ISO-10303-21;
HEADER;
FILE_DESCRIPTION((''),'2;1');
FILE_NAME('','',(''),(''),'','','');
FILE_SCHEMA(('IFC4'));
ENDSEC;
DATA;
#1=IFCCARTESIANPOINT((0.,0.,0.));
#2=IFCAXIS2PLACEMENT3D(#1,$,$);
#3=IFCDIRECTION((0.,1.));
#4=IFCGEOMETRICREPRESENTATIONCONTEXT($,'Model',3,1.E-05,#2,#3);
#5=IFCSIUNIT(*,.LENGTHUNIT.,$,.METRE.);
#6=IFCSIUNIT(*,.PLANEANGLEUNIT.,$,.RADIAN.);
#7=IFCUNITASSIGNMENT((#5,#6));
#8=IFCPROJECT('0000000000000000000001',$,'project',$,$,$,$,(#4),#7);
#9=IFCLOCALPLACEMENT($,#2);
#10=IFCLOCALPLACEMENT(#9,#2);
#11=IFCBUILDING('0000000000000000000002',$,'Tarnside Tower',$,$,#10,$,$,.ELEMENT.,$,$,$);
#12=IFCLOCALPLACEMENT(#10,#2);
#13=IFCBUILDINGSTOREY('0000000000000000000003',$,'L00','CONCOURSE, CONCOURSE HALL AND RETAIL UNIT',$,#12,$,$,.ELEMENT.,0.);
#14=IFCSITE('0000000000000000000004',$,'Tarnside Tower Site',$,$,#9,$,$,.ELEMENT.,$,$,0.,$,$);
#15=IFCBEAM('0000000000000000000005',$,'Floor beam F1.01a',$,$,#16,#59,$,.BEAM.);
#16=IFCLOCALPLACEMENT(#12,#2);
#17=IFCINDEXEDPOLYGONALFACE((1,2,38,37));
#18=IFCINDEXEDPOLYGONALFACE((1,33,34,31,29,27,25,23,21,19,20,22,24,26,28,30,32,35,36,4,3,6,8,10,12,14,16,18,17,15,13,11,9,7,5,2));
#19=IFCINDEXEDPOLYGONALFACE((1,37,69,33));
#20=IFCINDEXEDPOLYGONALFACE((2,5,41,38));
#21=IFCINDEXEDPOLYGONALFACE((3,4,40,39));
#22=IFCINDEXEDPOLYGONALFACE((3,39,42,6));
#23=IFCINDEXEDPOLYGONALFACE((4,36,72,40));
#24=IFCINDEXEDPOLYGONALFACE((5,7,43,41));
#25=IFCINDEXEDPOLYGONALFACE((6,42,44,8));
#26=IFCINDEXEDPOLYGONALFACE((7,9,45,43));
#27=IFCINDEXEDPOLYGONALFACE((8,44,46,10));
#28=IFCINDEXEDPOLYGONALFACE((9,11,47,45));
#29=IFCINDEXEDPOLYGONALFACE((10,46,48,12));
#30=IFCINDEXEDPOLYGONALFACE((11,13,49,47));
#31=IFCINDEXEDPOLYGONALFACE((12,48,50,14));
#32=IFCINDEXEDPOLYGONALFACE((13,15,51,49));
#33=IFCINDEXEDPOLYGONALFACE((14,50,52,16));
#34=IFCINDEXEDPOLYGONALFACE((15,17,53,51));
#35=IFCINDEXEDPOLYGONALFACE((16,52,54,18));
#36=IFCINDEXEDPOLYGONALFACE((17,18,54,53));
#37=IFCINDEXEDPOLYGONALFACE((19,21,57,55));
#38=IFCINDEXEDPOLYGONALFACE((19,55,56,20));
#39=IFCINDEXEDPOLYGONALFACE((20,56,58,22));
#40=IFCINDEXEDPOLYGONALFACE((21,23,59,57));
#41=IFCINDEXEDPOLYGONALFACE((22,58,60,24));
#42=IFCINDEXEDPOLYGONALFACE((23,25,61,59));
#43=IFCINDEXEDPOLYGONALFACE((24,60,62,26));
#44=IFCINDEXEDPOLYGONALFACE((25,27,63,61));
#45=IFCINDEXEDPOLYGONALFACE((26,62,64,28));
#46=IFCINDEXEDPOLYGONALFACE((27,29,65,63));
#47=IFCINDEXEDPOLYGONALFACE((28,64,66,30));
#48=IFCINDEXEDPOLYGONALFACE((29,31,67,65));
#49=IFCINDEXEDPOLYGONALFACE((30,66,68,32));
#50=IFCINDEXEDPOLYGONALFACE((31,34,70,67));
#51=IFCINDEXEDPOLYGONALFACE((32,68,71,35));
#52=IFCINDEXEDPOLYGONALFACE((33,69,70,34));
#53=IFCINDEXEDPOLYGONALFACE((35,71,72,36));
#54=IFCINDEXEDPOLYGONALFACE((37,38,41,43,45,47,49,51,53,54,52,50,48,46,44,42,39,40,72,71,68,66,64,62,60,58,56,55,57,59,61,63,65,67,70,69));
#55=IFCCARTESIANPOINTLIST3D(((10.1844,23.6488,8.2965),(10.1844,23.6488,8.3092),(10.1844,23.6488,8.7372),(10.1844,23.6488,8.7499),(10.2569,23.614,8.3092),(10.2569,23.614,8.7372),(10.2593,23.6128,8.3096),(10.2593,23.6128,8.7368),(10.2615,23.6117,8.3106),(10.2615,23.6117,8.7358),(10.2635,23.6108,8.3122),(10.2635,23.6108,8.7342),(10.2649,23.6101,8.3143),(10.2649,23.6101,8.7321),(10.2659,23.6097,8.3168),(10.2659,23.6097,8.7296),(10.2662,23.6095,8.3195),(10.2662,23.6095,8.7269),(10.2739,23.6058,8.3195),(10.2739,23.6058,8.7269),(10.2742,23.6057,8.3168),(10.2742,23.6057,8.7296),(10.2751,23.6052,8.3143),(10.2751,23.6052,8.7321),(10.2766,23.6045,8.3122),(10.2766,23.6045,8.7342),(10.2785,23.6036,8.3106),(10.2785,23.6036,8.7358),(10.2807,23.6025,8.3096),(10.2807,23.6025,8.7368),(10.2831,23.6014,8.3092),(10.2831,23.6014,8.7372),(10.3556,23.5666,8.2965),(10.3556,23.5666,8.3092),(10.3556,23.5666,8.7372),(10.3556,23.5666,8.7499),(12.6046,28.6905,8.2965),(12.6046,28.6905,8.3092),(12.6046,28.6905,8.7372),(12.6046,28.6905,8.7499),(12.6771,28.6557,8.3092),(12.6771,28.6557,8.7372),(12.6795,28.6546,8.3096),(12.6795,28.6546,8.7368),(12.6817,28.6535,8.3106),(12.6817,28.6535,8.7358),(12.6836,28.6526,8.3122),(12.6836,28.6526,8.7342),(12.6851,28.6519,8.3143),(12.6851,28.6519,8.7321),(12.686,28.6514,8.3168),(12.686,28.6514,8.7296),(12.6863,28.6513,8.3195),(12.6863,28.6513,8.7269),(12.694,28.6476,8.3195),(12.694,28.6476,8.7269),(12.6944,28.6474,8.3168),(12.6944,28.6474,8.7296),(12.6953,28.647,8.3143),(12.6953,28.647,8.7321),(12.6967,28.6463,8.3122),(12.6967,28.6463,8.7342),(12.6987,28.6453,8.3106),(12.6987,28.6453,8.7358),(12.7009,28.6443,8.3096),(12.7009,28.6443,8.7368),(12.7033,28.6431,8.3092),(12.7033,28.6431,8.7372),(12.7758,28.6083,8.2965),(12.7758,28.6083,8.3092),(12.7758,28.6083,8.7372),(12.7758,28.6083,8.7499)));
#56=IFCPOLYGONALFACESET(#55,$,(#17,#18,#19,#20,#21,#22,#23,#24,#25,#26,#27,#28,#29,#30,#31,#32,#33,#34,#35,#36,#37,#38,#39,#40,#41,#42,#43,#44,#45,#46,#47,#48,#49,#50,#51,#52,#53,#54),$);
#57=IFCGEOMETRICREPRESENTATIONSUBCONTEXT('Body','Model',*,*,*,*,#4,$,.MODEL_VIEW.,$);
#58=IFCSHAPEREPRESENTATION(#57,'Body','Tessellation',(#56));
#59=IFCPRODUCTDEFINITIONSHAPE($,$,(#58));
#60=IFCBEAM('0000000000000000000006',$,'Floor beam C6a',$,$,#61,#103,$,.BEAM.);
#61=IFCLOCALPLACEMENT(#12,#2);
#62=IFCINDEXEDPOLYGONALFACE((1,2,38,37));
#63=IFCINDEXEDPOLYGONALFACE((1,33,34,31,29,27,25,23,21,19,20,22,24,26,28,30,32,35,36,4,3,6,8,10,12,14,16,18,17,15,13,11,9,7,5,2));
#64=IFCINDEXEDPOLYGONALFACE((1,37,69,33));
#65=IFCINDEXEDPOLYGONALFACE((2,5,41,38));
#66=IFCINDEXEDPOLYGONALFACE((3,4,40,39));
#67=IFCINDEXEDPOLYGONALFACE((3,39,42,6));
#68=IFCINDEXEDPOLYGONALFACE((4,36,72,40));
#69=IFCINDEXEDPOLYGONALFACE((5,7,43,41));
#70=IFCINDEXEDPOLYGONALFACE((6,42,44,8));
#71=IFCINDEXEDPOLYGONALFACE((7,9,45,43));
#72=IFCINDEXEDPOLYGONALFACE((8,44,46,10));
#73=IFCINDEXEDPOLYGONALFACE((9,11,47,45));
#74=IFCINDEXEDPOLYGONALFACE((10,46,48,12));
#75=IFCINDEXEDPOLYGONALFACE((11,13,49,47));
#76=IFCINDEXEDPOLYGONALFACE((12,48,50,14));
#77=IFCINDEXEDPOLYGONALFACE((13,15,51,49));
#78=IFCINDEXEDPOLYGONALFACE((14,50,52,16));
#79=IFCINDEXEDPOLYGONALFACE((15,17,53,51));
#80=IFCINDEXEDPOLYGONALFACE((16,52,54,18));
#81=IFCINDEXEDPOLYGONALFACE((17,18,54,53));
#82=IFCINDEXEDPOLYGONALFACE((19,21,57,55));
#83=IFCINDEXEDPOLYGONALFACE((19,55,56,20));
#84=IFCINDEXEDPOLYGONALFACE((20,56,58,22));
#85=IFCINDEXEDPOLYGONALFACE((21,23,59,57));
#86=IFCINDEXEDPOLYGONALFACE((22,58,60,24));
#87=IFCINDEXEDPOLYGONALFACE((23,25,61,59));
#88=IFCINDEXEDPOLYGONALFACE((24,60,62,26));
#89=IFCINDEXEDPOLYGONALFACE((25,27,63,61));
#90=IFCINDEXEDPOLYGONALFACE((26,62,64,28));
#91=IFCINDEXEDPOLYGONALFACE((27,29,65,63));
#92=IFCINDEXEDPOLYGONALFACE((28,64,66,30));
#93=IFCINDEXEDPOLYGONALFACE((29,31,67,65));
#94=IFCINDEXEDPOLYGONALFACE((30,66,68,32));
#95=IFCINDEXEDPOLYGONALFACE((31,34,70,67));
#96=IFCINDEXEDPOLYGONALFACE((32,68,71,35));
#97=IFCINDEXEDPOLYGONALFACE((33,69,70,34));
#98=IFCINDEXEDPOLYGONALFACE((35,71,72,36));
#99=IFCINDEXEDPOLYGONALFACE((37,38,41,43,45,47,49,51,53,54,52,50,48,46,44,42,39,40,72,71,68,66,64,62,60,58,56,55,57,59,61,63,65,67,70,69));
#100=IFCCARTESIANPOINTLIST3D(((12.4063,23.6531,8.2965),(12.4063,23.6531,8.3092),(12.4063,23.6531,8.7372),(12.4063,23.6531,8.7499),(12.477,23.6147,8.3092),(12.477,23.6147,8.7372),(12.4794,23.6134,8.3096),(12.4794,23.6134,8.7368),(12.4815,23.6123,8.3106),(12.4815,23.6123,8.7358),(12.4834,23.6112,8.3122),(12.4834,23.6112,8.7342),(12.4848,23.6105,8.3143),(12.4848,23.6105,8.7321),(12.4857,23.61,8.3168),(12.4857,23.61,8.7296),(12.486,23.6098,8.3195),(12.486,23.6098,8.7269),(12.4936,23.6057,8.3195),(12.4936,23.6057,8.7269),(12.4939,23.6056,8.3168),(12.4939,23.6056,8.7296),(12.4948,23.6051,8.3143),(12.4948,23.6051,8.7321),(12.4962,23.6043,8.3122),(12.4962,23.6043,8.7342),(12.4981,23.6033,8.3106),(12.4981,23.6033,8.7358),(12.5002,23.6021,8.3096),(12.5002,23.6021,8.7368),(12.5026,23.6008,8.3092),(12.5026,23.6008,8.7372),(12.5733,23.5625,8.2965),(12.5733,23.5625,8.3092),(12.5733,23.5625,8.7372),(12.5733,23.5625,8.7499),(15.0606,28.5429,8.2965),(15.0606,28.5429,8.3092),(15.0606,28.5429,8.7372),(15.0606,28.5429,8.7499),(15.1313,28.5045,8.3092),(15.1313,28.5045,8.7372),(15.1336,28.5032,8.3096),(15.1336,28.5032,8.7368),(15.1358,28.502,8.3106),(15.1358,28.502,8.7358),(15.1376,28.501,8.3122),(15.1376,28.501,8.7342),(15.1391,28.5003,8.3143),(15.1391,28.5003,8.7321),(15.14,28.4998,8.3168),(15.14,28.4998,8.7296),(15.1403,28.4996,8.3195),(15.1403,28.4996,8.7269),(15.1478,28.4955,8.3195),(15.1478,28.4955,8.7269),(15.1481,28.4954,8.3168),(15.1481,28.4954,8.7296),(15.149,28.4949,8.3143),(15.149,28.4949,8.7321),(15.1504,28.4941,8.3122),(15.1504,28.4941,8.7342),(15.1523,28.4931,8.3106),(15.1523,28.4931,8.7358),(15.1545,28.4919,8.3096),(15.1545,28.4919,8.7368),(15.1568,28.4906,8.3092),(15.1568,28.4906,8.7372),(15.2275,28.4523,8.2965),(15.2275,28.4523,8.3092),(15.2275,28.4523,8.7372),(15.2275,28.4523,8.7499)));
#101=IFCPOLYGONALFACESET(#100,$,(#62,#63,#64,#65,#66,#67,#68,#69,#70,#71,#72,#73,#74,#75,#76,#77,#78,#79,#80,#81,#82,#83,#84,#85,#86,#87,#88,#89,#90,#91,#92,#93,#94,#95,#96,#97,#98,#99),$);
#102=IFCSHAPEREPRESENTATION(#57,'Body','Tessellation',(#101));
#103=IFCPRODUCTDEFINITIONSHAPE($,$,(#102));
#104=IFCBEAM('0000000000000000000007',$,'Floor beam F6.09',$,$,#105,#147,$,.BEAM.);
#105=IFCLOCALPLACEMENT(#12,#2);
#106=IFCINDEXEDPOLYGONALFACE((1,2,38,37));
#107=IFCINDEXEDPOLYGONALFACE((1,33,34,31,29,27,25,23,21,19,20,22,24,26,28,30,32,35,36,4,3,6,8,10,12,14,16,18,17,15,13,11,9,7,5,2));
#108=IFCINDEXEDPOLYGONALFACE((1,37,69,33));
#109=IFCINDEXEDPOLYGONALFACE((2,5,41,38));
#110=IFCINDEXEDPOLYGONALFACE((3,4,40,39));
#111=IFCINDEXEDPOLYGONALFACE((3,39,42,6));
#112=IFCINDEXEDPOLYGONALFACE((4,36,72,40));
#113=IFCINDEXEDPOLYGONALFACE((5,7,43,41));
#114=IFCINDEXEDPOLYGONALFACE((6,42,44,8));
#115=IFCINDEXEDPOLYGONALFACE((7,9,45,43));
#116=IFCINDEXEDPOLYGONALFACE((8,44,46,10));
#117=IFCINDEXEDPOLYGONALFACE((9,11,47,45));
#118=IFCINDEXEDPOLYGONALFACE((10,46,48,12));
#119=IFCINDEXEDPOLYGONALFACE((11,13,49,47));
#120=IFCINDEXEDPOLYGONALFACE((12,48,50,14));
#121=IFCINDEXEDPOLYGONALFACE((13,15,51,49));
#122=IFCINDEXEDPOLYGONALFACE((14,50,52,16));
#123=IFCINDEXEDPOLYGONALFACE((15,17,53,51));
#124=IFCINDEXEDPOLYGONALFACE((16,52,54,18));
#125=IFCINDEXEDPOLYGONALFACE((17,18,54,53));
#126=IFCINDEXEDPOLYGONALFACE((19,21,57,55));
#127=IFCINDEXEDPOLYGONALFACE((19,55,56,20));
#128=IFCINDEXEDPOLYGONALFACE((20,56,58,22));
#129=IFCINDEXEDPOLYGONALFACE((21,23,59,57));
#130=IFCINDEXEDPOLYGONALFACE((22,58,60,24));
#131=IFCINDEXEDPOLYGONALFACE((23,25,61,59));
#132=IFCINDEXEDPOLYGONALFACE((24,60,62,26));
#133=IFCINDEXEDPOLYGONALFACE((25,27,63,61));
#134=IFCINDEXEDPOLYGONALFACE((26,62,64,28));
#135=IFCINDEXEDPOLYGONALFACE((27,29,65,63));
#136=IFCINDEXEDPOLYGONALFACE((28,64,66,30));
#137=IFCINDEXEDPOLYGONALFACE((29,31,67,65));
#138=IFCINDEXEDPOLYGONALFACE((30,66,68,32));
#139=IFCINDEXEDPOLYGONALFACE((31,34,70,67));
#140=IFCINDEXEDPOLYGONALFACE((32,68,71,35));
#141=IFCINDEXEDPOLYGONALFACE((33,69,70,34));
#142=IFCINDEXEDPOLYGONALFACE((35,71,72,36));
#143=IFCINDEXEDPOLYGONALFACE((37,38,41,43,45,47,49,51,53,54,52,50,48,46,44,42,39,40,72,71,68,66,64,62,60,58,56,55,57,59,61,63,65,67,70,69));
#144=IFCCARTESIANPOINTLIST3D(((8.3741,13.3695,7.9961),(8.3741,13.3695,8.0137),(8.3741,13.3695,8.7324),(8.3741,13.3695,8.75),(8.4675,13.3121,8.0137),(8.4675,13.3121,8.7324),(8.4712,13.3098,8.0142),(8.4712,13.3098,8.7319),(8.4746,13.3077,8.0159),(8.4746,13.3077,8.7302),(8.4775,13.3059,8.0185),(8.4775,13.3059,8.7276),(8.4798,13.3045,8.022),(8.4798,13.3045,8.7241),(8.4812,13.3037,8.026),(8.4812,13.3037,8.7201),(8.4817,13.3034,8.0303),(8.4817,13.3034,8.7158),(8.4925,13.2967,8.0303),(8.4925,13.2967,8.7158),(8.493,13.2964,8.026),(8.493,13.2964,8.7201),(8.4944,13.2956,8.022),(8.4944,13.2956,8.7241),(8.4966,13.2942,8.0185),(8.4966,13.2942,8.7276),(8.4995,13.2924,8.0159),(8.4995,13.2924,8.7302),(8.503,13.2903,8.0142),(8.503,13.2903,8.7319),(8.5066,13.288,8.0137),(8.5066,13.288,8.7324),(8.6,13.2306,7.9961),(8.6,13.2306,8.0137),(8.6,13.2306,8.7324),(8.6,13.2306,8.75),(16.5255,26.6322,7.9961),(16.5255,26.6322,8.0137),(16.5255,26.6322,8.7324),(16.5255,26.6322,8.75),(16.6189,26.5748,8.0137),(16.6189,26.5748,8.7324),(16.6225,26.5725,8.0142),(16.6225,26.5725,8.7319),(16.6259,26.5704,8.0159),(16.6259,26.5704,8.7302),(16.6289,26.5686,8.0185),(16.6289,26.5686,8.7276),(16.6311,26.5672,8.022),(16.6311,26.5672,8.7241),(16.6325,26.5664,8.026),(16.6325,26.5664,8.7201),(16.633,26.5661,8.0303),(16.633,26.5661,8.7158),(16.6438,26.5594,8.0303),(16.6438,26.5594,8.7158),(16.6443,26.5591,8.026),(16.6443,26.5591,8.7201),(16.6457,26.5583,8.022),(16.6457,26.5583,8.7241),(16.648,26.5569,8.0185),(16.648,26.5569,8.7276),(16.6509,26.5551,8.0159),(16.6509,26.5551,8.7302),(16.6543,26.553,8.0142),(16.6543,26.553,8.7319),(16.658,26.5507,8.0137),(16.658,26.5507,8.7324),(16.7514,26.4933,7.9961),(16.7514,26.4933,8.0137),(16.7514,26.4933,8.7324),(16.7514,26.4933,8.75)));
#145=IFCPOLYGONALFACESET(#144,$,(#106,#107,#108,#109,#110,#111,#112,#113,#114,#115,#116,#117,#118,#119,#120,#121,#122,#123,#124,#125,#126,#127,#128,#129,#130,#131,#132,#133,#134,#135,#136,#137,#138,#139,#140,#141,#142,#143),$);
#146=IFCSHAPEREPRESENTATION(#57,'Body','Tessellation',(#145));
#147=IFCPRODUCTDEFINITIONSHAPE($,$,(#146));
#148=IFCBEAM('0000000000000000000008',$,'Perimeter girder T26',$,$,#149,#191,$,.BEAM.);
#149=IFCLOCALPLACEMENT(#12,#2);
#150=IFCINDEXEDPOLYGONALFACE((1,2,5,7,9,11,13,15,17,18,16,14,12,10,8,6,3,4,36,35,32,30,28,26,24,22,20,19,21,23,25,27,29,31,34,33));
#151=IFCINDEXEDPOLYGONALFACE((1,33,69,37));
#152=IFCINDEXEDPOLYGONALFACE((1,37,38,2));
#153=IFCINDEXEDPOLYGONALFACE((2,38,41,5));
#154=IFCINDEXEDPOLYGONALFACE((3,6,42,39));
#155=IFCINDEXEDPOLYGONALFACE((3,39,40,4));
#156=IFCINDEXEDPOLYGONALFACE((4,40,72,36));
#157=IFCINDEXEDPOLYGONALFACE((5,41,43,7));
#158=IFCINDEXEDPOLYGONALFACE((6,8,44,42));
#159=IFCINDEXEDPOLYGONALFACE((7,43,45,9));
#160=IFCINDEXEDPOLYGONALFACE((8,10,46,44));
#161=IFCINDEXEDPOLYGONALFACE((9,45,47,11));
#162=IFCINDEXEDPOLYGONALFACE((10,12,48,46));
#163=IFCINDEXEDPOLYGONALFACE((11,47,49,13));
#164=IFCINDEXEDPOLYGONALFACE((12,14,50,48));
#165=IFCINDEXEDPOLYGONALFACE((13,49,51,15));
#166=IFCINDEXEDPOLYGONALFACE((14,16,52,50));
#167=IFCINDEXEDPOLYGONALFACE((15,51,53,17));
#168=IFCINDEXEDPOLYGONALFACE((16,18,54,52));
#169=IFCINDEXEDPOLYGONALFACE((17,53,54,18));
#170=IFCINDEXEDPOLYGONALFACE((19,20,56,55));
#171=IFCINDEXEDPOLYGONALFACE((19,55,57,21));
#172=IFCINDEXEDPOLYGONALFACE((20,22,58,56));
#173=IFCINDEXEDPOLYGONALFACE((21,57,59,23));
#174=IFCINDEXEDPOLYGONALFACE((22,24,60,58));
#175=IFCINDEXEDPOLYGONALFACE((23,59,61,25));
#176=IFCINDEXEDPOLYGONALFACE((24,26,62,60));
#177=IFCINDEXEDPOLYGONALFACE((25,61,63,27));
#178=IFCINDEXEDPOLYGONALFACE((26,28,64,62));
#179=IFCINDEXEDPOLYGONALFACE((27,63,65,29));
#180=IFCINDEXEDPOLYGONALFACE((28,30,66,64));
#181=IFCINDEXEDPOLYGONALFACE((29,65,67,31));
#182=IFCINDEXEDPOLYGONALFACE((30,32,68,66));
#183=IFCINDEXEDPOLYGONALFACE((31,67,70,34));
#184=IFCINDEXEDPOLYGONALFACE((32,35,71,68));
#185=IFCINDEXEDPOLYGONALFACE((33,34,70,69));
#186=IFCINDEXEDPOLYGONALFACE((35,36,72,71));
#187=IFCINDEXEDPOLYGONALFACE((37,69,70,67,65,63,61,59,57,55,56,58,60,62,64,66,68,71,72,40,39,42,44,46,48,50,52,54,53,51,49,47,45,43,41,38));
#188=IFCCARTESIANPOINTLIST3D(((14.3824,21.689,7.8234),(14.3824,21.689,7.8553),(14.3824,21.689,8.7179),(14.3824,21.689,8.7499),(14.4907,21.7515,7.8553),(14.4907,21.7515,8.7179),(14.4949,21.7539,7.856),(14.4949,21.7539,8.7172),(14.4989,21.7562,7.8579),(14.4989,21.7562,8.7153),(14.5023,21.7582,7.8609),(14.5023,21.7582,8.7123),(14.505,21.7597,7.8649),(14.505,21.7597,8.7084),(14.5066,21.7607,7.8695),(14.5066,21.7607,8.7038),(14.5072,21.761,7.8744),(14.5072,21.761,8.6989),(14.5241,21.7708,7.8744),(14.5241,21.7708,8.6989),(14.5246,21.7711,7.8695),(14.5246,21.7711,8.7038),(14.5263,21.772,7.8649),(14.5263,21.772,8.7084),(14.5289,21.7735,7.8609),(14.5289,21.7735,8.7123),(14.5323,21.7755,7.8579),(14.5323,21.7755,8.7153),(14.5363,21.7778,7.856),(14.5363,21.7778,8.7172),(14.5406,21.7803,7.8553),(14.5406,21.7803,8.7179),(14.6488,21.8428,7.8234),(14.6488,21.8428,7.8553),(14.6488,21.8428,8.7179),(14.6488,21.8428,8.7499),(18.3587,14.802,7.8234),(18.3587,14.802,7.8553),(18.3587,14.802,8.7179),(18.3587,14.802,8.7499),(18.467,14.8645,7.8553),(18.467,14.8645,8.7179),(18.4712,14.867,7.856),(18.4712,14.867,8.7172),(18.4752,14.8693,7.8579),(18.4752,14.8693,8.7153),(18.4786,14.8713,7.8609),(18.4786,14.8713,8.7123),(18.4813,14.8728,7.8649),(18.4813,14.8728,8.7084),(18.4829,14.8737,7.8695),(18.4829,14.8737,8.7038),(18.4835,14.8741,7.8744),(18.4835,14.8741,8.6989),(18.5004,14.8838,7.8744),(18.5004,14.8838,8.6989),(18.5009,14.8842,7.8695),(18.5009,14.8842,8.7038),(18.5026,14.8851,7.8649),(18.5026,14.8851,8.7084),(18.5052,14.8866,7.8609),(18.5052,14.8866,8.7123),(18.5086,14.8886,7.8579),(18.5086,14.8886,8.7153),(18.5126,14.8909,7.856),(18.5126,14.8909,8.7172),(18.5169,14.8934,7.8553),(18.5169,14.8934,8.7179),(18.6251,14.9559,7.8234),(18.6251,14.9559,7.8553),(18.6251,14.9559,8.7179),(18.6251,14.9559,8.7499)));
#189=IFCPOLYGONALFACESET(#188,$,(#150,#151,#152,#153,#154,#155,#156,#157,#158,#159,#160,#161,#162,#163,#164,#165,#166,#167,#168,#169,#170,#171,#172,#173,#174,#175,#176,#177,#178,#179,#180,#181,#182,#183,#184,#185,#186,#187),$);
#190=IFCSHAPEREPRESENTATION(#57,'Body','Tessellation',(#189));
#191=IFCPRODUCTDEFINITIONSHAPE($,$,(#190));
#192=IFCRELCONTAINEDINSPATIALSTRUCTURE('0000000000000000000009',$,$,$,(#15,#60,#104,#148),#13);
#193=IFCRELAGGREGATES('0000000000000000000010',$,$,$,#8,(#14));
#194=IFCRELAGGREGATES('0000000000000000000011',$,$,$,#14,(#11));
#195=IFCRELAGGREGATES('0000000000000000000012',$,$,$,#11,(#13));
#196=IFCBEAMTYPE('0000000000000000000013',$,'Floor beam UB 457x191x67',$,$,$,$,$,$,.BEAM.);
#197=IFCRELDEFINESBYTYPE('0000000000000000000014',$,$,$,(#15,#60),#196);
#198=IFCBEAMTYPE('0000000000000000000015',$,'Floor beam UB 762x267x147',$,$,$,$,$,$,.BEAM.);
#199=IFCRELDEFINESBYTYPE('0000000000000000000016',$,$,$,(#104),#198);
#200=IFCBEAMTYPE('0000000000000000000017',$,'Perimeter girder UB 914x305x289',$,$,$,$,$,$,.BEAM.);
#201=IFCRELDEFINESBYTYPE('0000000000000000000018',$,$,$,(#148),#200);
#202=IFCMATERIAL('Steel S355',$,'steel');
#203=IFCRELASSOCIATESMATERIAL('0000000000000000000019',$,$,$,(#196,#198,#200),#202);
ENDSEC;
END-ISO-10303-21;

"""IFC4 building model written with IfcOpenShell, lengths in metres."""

from ifc_helpers import new_model, si_unit, direction, frame, origin, origin_2d, place, context, subcontext, project, spatial, i_section, extrude, material, material_profile, profile_set, type_object, element, save


model = new_model("IFC4")

# Units and contexts
model_context = context("Model", 3, precision=1e-05, world=origin(), true_north=direction((0.0, 1.0)))
body_context = subcontext(model_context, "Body", "Model", "MODEL_VIEW")
ifc_project = project(units=[si_unit("LENGTHUNIT", "METRE"), si_unit("PLANEANGLEUNIT", "RADIAN")], contexts=[model_context])

# Site, building, storey
site_placement = place(None, origin())
site = spatial("IfcSite", under=ifc_project, at=site_placement, Name="Tarnside Tower Site", CompositionType="ELEMENT", RefElevation=0.0)
building_placement = place(site_placement, origin())
building = spatial("IfcBuilding", under=site, at=building_placement, Name="Tarnside Tower", CompositionType="ELEMENT")
storey_placement = place(building_placement, origin())
storey = spatial("IfcBuildingStorey", under=building, at=storey_placement, Name="L00", Description="CONCOURSE, CONCOURSE HALL AND RETAIL UNIT", CompositionType="ELEMENT", Elevation=0.0)

# Beams
ifc_material_1 = material(Name="Steel S355", Category="steel")
ifc_material_profile_1 = material_profile(ifc_material_1, i_section(OverallWidth=0.1899, OverallDepth=0.4534, WebThickness=0.0085, FlangeThickness=0.0127, FilletRadius=0.0103, at=origin_2d()), Name="UB 457x191x67")
ifc_profile_set_1 = profile_set([ifc_material_profile_1], Name="Steel S355")
beam_type_1 = type_object("IfcBeamType", Name="Floor beam UB 457x191x67", PredefinedType="BEAM", material=ifc_profile_set_1)
beam_1_placement = place(storey_placement, frame((12.6902, 28.6494, 8.5232), z_axis=(-0.43275, -0.901514, 0.0), x_axis=(0.901514, -0.43275, 0.0)))
element("IfcBeam", 1, at=beam_1_placement, inside=storey, type_object=beam_type_1, Name="Floor beam F1.01a", PredefinedType="BEAM", context=body_context, shape_type="SweptSolid", body=[
    extrude(i_section(OverallWidth=0.1899, OverallDepth=0.4534, WebThickness=0.0085, FlangeThickness=0.0127, FilletRadius=0.0103, at=origin_2d()), origin(), (0.0, 0.0, 1.0), 5.5925),
])
beam_2_placement = place(storey_placement, frame((15.144, 28.4976, 8.5232), z_axis=(-0.477062, -0.87887, 0.0), x_axis=(0.87887, -0.477062, 0.0)))
element("IfcBeam", 2, at=beam_2_placement, inside=storey, type_object=beam_type_1, Name="Floor beam C6a", PredefinedType="BEAM", context=body_context, shape_type="SweptSolid", body=[
    extrude(i_section(OverallWidth=0.1899, OverallDepth=0.4534, WebThickness=0.0085, FlangeThickness=0.0127, FilletRadius=0.0103, at=origin_2d()), origin(), (0.0, 0.0, 1.0), 5.5637),
])
ifc_material_profile_2 = material_profile(ifc_material_1, i_section(OverallWidth=0.2651, OverallDepth=0.7539, WebThickness=0.0127, FlangeThickness=0.0176, FilletRadius=0.0166, at=origin_2d()), Name="UB 762x267x147")
ifc_profile_set_2 = profile_set([ifc_material_profile_2], Name="Steel S355")
beam_type_2 = type_object("IfcBeamType", Name="Floor beam UB 762x267x147", PredefinedType="BEAM", material=ifc_profile_set_2)
beam_3_placement = place(storey_placement, frame((16.6384, 26.5627, 8.373), z_axis=(-0.523618, -0.851953, 0.0), x_axis=(0.851953, -0.523618, 0.0)))
element("IfcBeam", 3, at=beam_3_placement, inside=storey, type_object=beam_type_2, Name="Floor beam F6.09", PredefinedType="BEAM", context=body_context, shape_type="SweptSolid", body=[
    extrude(i_section(OverallWidth=0.2651, OverallDepth=0.7539, WebThickness=0.0127, FlangeThickness=0.0176, FilletRadius=0.0166, at=origin_2d()), origin(), (0.0, 0.0, 1.0), 15.5674),
])
ifc_material_profile_3 = material_profile(ifc_material_1, i_section(OverallWidth=0.3076, OverallDepth=0.9265, WebThickness=0.0195, FlangeThickness=0.032, FilletRadius=0.019, at=origin_2d()), Name="UB 914x305x289")
ifc_profile_set_3 = profile_set([ifc_material_profile_3], Name="Steel S355")
beam_type_3 = type_object("IfcBeamType", Name="Perimeter girder UB 914x305x289", PredefinedType="BEAM", material=ifc_profile_set_3)
beam_4_placement = place(storey_placement, frame((14.5156, 21.7659, 8.2866), z_axis=(0.500012, -0.866018, 0.0), x_axis=(0.866018, 0.500012, 0.0)))
element("IfcBeam", 4, at=beam_4_placement, inside=storey, type_object=beam_type_3, Name="Perimeter girder T26", PredefinedType="BEAM", context=body_context, shape_type="SweptSolid", body=[
    extrude(i_section(OverallWidth=0.3076, OverallDepth=0.9265, WebThickness=0.0195, FlangeThickness=0.032, FilletRadius=0.019, at=origin_2d()), origin(), (0.0, 0.0, 1.0), 7.9524),
])

save(model, "model.ifc")
